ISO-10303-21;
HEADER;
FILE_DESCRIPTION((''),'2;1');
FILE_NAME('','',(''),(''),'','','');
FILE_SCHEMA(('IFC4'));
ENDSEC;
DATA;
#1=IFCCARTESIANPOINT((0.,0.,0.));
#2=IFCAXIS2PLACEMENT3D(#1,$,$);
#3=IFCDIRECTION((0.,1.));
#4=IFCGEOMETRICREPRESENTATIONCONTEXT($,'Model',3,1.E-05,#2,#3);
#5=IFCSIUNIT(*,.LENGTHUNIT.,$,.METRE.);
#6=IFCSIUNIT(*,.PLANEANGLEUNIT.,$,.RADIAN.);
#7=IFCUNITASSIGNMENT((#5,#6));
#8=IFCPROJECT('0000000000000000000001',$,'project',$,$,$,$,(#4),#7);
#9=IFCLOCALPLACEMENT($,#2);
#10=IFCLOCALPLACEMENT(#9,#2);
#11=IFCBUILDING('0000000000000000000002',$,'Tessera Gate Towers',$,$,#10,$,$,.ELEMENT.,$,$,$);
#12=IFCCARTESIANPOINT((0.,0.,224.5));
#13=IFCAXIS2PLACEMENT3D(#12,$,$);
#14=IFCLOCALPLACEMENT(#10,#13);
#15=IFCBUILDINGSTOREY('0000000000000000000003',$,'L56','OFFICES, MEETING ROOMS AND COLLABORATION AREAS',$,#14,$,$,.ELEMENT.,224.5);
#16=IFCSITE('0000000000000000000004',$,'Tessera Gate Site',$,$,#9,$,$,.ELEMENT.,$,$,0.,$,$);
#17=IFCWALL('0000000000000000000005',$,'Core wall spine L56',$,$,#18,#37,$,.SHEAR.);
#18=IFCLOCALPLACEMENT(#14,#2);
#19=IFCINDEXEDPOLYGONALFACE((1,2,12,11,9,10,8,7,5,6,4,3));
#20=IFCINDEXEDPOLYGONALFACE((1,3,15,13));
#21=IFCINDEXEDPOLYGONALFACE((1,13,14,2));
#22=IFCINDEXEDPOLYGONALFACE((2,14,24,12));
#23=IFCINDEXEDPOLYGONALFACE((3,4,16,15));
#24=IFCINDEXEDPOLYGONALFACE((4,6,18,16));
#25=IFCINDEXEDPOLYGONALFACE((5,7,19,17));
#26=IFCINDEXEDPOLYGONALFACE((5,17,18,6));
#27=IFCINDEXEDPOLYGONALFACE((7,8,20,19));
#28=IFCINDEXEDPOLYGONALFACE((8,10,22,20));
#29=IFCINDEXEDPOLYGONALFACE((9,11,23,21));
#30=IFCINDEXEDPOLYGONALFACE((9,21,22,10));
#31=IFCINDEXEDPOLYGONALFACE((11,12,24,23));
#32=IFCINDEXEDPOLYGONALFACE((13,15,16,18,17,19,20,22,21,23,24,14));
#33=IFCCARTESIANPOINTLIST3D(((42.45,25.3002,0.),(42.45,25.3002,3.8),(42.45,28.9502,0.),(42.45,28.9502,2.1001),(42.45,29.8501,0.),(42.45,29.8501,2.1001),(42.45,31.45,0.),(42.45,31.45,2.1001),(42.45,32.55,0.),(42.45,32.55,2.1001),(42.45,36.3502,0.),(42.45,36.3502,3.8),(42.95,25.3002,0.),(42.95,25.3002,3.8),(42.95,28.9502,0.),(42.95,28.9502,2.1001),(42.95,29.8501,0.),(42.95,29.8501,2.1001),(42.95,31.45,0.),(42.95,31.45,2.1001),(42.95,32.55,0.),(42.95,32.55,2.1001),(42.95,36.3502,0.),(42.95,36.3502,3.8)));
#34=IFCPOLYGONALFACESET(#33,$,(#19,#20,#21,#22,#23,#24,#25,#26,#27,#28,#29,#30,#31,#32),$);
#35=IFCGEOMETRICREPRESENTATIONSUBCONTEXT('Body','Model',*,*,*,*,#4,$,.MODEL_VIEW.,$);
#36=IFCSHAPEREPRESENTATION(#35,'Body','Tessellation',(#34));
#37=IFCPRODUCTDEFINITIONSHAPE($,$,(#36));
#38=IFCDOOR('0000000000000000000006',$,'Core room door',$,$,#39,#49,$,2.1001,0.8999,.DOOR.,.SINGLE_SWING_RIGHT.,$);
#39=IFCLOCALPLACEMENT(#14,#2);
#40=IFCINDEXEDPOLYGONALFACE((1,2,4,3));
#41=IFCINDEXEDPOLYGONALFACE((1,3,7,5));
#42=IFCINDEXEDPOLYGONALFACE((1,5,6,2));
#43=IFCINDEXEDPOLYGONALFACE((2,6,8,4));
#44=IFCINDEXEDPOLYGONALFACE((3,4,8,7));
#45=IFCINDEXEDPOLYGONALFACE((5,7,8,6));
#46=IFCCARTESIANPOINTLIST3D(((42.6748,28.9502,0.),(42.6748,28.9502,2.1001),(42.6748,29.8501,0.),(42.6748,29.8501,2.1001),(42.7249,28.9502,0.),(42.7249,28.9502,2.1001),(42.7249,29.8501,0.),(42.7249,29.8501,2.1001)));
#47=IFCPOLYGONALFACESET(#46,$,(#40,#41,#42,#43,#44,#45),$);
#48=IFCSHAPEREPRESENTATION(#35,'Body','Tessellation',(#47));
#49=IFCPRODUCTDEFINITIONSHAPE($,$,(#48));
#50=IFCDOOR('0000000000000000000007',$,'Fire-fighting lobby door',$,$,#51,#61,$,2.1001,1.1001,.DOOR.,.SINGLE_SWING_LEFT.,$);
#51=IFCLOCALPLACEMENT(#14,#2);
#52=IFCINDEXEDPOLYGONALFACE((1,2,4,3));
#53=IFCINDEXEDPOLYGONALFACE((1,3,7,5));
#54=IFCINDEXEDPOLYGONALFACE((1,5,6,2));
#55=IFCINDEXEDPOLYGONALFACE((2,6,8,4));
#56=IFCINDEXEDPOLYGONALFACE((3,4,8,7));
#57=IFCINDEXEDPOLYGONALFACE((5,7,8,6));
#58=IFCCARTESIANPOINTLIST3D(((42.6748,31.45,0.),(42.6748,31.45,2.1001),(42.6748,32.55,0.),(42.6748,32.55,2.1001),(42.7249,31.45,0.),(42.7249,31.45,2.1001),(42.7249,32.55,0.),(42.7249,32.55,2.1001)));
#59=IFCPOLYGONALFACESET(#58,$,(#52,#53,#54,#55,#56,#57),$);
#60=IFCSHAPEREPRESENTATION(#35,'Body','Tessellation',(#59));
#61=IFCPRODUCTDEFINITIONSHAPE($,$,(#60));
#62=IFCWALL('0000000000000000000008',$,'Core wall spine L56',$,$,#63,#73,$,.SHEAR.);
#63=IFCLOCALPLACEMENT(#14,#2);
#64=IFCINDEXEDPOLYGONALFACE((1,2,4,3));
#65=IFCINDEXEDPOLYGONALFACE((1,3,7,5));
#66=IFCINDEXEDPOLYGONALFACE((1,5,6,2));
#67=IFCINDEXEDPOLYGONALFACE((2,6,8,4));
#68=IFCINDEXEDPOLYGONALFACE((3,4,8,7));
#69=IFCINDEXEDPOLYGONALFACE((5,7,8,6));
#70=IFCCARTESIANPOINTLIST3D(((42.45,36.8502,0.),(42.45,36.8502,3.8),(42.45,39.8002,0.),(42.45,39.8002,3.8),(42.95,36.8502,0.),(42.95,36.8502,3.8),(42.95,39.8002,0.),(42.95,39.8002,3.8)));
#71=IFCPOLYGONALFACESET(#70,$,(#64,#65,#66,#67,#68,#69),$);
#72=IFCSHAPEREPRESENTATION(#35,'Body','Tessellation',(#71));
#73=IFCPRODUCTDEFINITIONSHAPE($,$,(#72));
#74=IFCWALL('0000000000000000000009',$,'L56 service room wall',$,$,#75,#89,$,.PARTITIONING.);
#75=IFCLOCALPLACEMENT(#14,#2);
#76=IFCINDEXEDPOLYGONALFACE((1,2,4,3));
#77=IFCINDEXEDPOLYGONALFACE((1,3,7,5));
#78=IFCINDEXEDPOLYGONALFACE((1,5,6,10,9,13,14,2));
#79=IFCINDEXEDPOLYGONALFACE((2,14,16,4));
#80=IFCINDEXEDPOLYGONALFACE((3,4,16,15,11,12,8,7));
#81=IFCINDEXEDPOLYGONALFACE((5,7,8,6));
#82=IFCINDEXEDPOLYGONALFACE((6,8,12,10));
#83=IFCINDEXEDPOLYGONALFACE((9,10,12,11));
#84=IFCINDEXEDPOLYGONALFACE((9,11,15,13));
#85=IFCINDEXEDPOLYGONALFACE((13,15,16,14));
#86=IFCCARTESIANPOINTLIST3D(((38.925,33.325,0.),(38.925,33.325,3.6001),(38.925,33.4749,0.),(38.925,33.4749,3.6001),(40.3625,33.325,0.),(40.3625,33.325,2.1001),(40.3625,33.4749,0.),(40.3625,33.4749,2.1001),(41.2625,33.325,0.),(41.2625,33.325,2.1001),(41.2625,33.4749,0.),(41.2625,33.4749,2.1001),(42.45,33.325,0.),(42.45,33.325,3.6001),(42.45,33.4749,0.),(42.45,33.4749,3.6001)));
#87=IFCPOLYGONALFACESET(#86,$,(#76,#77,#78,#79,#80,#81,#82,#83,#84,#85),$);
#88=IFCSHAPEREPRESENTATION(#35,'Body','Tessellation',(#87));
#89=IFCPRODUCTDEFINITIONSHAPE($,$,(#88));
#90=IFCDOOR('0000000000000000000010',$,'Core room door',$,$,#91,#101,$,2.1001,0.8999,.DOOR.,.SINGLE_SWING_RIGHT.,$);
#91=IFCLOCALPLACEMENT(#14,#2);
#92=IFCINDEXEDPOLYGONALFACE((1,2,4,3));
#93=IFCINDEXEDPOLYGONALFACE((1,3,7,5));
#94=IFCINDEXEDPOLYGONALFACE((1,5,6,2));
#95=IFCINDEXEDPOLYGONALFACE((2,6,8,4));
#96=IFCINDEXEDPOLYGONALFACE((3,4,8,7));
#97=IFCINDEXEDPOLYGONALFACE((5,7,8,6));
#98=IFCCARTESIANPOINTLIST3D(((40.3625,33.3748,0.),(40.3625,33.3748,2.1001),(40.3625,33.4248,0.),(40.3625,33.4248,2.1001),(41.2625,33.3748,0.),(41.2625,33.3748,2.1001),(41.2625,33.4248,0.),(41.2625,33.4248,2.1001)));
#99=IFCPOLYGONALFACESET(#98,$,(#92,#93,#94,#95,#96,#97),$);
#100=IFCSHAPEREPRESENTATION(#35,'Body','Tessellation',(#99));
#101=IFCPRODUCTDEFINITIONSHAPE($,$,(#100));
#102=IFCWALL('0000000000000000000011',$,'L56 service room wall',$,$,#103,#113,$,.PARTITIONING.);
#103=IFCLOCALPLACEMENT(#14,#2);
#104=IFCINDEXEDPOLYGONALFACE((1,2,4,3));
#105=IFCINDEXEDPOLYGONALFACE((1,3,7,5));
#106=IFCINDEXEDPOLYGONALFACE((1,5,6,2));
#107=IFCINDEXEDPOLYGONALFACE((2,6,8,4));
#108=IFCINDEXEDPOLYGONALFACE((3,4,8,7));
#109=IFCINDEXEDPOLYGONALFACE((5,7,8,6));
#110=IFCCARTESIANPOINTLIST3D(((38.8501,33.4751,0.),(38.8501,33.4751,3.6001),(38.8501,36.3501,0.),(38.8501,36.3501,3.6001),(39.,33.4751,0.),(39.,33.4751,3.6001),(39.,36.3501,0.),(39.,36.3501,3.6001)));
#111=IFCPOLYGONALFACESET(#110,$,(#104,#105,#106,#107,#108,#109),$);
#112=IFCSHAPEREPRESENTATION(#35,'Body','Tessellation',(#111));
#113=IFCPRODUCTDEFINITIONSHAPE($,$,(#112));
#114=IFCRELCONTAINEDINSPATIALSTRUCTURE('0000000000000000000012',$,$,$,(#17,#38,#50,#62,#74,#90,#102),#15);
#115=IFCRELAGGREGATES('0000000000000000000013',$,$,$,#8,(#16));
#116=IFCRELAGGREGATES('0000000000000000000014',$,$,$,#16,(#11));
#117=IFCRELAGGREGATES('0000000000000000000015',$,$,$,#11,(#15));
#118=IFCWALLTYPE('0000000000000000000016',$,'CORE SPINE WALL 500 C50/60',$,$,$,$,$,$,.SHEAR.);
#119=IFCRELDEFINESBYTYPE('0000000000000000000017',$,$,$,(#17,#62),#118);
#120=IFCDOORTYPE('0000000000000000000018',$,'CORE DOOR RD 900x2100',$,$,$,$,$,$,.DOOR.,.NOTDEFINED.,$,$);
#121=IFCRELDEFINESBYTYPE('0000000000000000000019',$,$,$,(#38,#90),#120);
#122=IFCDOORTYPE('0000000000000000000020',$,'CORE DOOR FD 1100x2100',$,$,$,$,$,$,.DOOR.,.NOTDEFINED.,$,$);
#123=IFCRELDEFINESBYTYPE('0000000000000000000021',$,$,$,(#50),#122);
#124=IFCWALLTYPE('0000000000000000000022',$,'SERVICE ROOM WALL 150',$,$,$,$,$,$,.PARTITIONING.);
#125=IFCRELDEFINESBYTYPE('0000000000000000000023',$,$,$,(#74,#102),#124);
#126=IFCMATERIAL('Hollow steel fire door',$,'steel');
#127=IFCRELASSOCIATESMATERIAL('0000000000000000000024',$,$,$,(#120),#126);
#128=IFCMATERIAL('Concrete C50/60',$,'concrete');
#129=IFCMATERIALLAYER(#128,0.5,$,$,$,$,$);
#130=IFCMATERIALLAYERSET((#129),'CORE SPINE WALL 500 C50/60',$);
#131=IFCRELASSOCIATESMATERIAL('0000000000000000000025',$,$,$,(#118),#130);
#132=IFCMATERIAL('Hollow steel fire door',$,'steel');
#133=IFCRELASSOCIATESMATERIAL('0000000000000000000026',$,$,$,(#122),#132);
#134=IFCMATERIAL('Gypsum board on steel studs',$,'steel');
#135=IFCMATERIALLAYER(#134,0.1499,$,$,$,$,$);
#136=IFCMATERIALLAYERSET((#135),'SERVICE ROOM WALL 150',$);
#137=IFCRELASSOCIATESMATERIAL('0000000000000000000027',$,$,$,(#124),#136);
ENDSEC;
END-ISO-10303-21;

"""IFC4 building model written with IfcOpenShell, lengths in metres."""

from ifc_helpers import new_model, si_unit, direction, frame, frame_2d, origin, place, context, subcontext, project, spatial, rectangle, extrude, source, transform, mapped, material, layer, layer_set, type_object, element, fill, save


model = new_model("IFC4")

# Units and contexts
model_context = context("Model", 3, precision=1e-05, world=origin(), true_north=direction((0.0, 1.0)))
body_context = subcontext(model_context, "Body", "Model", "MODEL_VIEW")
ifc_project = project(units=[si_unit("LENGTHUNIT", "METRE"), si_unit("PLANEANGLEUNIT", "RADIAN")], contexts=[model_context])

# Site, building, storey
site_placement = place(None, origin())
site = spatial("IfcSite", under=ifc_project, at=site_placement, Name="Tessera Gate Site", CompositionType="ELEMENT", RefElevation=0.0)
building_placement = place(site_placement, origin())
building = spatial("IfcBuilding", under=site, at=building_placement, Name="Tessera Gate Towers", CompositionType="ELEMENT")
storey_placement = place(building_placement, frame((0.0, 0.0, 224.5)))
storey = spatial("IfcBuildingStorey", under=building, at=storey_placement, Name="L56", Description="OFFICES, MEETING ROOMS AND COLLABORATION AREAS", CompositionType="ELEMENT", Elevation=224.5)

# Shared definitions
shared_shape_1 = source(origin(), body_context, "Body", "SweptSolid", [
    extrude(rectangle(XDim=1.1001, YDim=2.1001, at=frame_2d((0.55, 1.05))), frame((0.0, 0.0249, 0.0), z_axis=(0.0, -1.0, 0.0), x_axis=(1.0, 0.0, 0.0)), (0.0, 0.0, 1.0), 0.05),
])

# Shared definitions
ifc_material_1 = material(Name="Hollow steel fire door", Category="steel")
door_type_1 = type_object("IfcDoorType", Name="CORE DOOR RD 900x2100", OperationType="NOTDEFINED", PredefinedType="DOOR", material=ifc_material_1)
shared_shape_2 = source(origin(), body_context, "Body", "SweptSolid", [
    extrude(rectangle(XDim=0.8999, YDim=2.1001, at=frame_2d((0.45, 1.05))), frame((0.0, 0.0249, 0.0), z_axis=(0.0, -1.0, 0.0), x_axis=(1.0, 0.0, 0.0)), (0.0, 0.0, 1.0), 0.05),
])

# Shared definitions
ifc_material_2 = material(Name="Concrete C50/60", Category="concrete")
ifc_layer_1 = layer(ifc_material_2, 0.5)
ifc_layer_set_1 = layer_set([ifc_layer_1], Name="CORE SPINE WALL 500 C50/60")
wall_type_1 = type_object("IfcWallType", Name="CORE SPINE WALL 500 C50/60", PredefinedType="SHEAR", material=ifc_layer_set_1)

# Wall, openings, doors
wall_1_placement = place(storey_placement, frame((42.7, 36.3501, 0.0), z_axis=(0.0, 0.0, 1.0), x_axis=(0.0, -1.0, 0.0)))
wall_1 = element("IfcWall", 1, at=wall_1_placement, inside=storey, type_object=wall_type_1, Name="Core wall spine L56", PredefinedType="SHEAR", context=body_context, shape_type="SweptSolid", body=[
    extrude(rectangle(XDim=11.05, YDim=0.5, at=frame_2d((5.5249, 0.0))), origin(), (0.0, 0.0, 1.0), 3.8),
])
shared_shape_3 = source(origin(), body_context, "Body", "SweptSolid", [
    extrude(rectangle(XDim=0.8999, YDim=2.1001, at=frame_2d((0.45, 1.05))), frame((0.0, 0.26, 0.0), z_axis=(0.0, -1.0, 0.0), x_axis=(1.0, 0.0, 0.0)), (0.0, 0.0, 1.0), 0.52),
])
opening_1_placement = place(wall_1_placement, frame((6.5, 0.0, 0.0)))
opening_1 = element("IfcOpeningElement", 2, at=opening_1_placement, cuts=wall_1, PredefinedType="OPENING", context=body_context, shape_type="MappedRepresentation", body=[
    mapped(shared_shape_3, transform((0.0, 0.0, 0.0), scale=1.0)),
])
shared_shape_4 = source(origin(), body_context, "Body", "SweptSolid", [
    extrude(rectangle(XDim=1.1001, YDim=2.1001, at=frame_2d((0.55, 1.05))), frame((0.0, 0.26, 0.0), z_axis=(0.0, -1.0, 0.0), x_axis=(1.0, 0.0, 0.0)), (0.0, 0.0, 1.0), 0.52),
])
opening_2_placement = place(wall_1_placement, frame((3.8, 0.0, 0.0)))
opening_2 = element("IfcOpeningElement", 3, at=opening_2_placement, cuts=wall_1, PredefinedType="OPENING", context=body_context, shape_type="MappedRepresentation", body=[
    mapped(shared_shape_4, transform((0.0, 0.0, 0.0), scale=1.0)),
])
door_1_placement = place(opening_1_placement, origin())
door_1 = element("IfcDoor", 4, at=door_1_placement, inside=storey, type_object=door_type_1, Name="Core room door", OperationType="SINGLE_SWING_RIGHT", OverallHeight=2.1001, OverallWidth=0.8999, PredefinedType="DOOR", context=body_context, shape_type="MappedRepresentation", body=[
    mapped(shared_shape_2, transform((0.0, 0.0, 0.0), scale=1.0)),
])
fill(opening_1, door_1)
ifc_material_3 = material(Name="Hollow steel fire door", Category="steel")
door_type_2 = type_object("IfcDoorType", Name="CORE DOOR FD 1100x2100", OperationType="NOTDEFINED", PredefinedType="DOOR", material=ifc_material_3)
door_2_placement = place(opening_2_placement, origin())
door_2 = element("IfcDoor", 5, at=door_2_placement, inside=storey, type_object=door_type_2, Name="Fire-fighting lobby door", OperationType="SINGLE_SWING_LEFT", OverallHeight=2.1001, OverallWidth=1.1001, PredefinedType="DOOR", context=body_context, shape_type="MappedRepresentation", body=[
    mapped(shared_shape_1, transform((0.0, 0.0, 0.0), scale=1.0)),
])
fill(opening_2, door_2)

# Wall
wall_2_placement = place(storey_placement, frame((42.7, 36.8501, 0.0), z_axis=(0.0, 0.0, 1.0), x_axis=(0.0, 1.0, 0.0)))
element("IfcWall", 6, at=wall_2_placement, inside=storey, type_object=wall_type_1, Name="Core wall spine L56", PredefinedType="SHEAR", context=body_context, shape_type="SweptSolid", body=[
    extrude(rectangle(XDim=2.95, YDim=0.5, at=frame_2d((1.4751, 0.0))), origin(), (0.0, 0.0, 1.0), 3.8),
])

# Wall, opening, door
ifc_material_4 = material(Name="Gypsum board on steel studs", Category="steel")
ifc_layer_2 = layer(ifc_material_4, 0.1499)
ifc_layer_set_2 = layer_set([ifc_layer_2], Name="SERVICE ROOM WALL 150")
wall_type_2 = type_object("IfcWallType", Name="SERVICE ROOM WALL 150", PredefinedType="PARTITIONING", material=ifc_layer_set_2)
wall_3_placement = place(storey_placement, frame((38.925, 33.3999, 0.0), z_axis=(0.0, 0.0, 1.0), x_axis=(1.0, 0.0, 0.0)))
wall_3 = element("IfcWall", 7, at=wall_3_placement, inside=storey, type_object=wall_type_2, Name="L56 service room wall", PredefinedType="PARTITIONING", context=body_context, shape_type="SweptSolid", body=[
    extrude(rectangle(XDim=3.5249, YDim=0.1499, at=frame_2d((1.7625, 0.0))), origin(), (0.0, 0.0, 1.0), 3.6001),
])
shared_shape_5 = source(origin(), body_context, "Body", "SweptSolid", [
    extrude(rectangle(XDim=0.8999, YDim=2.1001, at=frame_2d((0.45, 1.05))), frame((0.0, 0.085, 0.0), z_axis=(0.0, -1.0, 0.0), x_axis=(1.0, 0.0, 0.0)), (0.0, 0.0, 1.0), 0.1699),
])
opening_3_placement = place(wall_3_placement, frame((1.4375, 0.0, 0.0)))
opening_3 = element("IfcOpeningElement", 8, at=opening_3_placement, cuts=wall_3, PredefinedType="OPENING", context=body_context, shape_type="MappedRepresentation", body=[
    mapped(shared_shape_5, transform((0.0, 0.0, 0.0), scale=1.0)),
])
door_3_placement = place(opening_3_placement, origin())
door_3 = element("IfcDoor", 9, at=door_3_placement, inside=storey, type_object=door_type_1, Name="Core room door", OperationType="SINGLE_SWING_RIGHT", OverallHeight=2.1001, OverallWidth=0.8999, PredefinedType="DOOR", context=body_context, shape_type="MappedRepresentation", body=[
    mapped(shared_shape_2, transform((0.0, 0.0, 0.0), scale=1.0)),
])
fill(opening_3, door_3)

# Wall
wall_4_placement = place(storey_placement, frame((38.925, 33.4751, 0.0), z_axis=(0.0, 0.0, 1.0), x_axis=(0.0, 1.0, 0.0)))
element("IfcWall", 10, at=wall_4_placement, inside=storey, type_object=wall_type_2, Name="L56 service room wall", PredefinedType="PARTITIONING", context=body_context, shape_type="SweptSolid", body=[
    extrude(rectangle(XDim=2.875, YDim=0.1499, at=frame_2d((1.4375, 0.0))), origin(), (0.0, 0.0, 1.0), 3.6001),
])

save(model, "model.ifc")
